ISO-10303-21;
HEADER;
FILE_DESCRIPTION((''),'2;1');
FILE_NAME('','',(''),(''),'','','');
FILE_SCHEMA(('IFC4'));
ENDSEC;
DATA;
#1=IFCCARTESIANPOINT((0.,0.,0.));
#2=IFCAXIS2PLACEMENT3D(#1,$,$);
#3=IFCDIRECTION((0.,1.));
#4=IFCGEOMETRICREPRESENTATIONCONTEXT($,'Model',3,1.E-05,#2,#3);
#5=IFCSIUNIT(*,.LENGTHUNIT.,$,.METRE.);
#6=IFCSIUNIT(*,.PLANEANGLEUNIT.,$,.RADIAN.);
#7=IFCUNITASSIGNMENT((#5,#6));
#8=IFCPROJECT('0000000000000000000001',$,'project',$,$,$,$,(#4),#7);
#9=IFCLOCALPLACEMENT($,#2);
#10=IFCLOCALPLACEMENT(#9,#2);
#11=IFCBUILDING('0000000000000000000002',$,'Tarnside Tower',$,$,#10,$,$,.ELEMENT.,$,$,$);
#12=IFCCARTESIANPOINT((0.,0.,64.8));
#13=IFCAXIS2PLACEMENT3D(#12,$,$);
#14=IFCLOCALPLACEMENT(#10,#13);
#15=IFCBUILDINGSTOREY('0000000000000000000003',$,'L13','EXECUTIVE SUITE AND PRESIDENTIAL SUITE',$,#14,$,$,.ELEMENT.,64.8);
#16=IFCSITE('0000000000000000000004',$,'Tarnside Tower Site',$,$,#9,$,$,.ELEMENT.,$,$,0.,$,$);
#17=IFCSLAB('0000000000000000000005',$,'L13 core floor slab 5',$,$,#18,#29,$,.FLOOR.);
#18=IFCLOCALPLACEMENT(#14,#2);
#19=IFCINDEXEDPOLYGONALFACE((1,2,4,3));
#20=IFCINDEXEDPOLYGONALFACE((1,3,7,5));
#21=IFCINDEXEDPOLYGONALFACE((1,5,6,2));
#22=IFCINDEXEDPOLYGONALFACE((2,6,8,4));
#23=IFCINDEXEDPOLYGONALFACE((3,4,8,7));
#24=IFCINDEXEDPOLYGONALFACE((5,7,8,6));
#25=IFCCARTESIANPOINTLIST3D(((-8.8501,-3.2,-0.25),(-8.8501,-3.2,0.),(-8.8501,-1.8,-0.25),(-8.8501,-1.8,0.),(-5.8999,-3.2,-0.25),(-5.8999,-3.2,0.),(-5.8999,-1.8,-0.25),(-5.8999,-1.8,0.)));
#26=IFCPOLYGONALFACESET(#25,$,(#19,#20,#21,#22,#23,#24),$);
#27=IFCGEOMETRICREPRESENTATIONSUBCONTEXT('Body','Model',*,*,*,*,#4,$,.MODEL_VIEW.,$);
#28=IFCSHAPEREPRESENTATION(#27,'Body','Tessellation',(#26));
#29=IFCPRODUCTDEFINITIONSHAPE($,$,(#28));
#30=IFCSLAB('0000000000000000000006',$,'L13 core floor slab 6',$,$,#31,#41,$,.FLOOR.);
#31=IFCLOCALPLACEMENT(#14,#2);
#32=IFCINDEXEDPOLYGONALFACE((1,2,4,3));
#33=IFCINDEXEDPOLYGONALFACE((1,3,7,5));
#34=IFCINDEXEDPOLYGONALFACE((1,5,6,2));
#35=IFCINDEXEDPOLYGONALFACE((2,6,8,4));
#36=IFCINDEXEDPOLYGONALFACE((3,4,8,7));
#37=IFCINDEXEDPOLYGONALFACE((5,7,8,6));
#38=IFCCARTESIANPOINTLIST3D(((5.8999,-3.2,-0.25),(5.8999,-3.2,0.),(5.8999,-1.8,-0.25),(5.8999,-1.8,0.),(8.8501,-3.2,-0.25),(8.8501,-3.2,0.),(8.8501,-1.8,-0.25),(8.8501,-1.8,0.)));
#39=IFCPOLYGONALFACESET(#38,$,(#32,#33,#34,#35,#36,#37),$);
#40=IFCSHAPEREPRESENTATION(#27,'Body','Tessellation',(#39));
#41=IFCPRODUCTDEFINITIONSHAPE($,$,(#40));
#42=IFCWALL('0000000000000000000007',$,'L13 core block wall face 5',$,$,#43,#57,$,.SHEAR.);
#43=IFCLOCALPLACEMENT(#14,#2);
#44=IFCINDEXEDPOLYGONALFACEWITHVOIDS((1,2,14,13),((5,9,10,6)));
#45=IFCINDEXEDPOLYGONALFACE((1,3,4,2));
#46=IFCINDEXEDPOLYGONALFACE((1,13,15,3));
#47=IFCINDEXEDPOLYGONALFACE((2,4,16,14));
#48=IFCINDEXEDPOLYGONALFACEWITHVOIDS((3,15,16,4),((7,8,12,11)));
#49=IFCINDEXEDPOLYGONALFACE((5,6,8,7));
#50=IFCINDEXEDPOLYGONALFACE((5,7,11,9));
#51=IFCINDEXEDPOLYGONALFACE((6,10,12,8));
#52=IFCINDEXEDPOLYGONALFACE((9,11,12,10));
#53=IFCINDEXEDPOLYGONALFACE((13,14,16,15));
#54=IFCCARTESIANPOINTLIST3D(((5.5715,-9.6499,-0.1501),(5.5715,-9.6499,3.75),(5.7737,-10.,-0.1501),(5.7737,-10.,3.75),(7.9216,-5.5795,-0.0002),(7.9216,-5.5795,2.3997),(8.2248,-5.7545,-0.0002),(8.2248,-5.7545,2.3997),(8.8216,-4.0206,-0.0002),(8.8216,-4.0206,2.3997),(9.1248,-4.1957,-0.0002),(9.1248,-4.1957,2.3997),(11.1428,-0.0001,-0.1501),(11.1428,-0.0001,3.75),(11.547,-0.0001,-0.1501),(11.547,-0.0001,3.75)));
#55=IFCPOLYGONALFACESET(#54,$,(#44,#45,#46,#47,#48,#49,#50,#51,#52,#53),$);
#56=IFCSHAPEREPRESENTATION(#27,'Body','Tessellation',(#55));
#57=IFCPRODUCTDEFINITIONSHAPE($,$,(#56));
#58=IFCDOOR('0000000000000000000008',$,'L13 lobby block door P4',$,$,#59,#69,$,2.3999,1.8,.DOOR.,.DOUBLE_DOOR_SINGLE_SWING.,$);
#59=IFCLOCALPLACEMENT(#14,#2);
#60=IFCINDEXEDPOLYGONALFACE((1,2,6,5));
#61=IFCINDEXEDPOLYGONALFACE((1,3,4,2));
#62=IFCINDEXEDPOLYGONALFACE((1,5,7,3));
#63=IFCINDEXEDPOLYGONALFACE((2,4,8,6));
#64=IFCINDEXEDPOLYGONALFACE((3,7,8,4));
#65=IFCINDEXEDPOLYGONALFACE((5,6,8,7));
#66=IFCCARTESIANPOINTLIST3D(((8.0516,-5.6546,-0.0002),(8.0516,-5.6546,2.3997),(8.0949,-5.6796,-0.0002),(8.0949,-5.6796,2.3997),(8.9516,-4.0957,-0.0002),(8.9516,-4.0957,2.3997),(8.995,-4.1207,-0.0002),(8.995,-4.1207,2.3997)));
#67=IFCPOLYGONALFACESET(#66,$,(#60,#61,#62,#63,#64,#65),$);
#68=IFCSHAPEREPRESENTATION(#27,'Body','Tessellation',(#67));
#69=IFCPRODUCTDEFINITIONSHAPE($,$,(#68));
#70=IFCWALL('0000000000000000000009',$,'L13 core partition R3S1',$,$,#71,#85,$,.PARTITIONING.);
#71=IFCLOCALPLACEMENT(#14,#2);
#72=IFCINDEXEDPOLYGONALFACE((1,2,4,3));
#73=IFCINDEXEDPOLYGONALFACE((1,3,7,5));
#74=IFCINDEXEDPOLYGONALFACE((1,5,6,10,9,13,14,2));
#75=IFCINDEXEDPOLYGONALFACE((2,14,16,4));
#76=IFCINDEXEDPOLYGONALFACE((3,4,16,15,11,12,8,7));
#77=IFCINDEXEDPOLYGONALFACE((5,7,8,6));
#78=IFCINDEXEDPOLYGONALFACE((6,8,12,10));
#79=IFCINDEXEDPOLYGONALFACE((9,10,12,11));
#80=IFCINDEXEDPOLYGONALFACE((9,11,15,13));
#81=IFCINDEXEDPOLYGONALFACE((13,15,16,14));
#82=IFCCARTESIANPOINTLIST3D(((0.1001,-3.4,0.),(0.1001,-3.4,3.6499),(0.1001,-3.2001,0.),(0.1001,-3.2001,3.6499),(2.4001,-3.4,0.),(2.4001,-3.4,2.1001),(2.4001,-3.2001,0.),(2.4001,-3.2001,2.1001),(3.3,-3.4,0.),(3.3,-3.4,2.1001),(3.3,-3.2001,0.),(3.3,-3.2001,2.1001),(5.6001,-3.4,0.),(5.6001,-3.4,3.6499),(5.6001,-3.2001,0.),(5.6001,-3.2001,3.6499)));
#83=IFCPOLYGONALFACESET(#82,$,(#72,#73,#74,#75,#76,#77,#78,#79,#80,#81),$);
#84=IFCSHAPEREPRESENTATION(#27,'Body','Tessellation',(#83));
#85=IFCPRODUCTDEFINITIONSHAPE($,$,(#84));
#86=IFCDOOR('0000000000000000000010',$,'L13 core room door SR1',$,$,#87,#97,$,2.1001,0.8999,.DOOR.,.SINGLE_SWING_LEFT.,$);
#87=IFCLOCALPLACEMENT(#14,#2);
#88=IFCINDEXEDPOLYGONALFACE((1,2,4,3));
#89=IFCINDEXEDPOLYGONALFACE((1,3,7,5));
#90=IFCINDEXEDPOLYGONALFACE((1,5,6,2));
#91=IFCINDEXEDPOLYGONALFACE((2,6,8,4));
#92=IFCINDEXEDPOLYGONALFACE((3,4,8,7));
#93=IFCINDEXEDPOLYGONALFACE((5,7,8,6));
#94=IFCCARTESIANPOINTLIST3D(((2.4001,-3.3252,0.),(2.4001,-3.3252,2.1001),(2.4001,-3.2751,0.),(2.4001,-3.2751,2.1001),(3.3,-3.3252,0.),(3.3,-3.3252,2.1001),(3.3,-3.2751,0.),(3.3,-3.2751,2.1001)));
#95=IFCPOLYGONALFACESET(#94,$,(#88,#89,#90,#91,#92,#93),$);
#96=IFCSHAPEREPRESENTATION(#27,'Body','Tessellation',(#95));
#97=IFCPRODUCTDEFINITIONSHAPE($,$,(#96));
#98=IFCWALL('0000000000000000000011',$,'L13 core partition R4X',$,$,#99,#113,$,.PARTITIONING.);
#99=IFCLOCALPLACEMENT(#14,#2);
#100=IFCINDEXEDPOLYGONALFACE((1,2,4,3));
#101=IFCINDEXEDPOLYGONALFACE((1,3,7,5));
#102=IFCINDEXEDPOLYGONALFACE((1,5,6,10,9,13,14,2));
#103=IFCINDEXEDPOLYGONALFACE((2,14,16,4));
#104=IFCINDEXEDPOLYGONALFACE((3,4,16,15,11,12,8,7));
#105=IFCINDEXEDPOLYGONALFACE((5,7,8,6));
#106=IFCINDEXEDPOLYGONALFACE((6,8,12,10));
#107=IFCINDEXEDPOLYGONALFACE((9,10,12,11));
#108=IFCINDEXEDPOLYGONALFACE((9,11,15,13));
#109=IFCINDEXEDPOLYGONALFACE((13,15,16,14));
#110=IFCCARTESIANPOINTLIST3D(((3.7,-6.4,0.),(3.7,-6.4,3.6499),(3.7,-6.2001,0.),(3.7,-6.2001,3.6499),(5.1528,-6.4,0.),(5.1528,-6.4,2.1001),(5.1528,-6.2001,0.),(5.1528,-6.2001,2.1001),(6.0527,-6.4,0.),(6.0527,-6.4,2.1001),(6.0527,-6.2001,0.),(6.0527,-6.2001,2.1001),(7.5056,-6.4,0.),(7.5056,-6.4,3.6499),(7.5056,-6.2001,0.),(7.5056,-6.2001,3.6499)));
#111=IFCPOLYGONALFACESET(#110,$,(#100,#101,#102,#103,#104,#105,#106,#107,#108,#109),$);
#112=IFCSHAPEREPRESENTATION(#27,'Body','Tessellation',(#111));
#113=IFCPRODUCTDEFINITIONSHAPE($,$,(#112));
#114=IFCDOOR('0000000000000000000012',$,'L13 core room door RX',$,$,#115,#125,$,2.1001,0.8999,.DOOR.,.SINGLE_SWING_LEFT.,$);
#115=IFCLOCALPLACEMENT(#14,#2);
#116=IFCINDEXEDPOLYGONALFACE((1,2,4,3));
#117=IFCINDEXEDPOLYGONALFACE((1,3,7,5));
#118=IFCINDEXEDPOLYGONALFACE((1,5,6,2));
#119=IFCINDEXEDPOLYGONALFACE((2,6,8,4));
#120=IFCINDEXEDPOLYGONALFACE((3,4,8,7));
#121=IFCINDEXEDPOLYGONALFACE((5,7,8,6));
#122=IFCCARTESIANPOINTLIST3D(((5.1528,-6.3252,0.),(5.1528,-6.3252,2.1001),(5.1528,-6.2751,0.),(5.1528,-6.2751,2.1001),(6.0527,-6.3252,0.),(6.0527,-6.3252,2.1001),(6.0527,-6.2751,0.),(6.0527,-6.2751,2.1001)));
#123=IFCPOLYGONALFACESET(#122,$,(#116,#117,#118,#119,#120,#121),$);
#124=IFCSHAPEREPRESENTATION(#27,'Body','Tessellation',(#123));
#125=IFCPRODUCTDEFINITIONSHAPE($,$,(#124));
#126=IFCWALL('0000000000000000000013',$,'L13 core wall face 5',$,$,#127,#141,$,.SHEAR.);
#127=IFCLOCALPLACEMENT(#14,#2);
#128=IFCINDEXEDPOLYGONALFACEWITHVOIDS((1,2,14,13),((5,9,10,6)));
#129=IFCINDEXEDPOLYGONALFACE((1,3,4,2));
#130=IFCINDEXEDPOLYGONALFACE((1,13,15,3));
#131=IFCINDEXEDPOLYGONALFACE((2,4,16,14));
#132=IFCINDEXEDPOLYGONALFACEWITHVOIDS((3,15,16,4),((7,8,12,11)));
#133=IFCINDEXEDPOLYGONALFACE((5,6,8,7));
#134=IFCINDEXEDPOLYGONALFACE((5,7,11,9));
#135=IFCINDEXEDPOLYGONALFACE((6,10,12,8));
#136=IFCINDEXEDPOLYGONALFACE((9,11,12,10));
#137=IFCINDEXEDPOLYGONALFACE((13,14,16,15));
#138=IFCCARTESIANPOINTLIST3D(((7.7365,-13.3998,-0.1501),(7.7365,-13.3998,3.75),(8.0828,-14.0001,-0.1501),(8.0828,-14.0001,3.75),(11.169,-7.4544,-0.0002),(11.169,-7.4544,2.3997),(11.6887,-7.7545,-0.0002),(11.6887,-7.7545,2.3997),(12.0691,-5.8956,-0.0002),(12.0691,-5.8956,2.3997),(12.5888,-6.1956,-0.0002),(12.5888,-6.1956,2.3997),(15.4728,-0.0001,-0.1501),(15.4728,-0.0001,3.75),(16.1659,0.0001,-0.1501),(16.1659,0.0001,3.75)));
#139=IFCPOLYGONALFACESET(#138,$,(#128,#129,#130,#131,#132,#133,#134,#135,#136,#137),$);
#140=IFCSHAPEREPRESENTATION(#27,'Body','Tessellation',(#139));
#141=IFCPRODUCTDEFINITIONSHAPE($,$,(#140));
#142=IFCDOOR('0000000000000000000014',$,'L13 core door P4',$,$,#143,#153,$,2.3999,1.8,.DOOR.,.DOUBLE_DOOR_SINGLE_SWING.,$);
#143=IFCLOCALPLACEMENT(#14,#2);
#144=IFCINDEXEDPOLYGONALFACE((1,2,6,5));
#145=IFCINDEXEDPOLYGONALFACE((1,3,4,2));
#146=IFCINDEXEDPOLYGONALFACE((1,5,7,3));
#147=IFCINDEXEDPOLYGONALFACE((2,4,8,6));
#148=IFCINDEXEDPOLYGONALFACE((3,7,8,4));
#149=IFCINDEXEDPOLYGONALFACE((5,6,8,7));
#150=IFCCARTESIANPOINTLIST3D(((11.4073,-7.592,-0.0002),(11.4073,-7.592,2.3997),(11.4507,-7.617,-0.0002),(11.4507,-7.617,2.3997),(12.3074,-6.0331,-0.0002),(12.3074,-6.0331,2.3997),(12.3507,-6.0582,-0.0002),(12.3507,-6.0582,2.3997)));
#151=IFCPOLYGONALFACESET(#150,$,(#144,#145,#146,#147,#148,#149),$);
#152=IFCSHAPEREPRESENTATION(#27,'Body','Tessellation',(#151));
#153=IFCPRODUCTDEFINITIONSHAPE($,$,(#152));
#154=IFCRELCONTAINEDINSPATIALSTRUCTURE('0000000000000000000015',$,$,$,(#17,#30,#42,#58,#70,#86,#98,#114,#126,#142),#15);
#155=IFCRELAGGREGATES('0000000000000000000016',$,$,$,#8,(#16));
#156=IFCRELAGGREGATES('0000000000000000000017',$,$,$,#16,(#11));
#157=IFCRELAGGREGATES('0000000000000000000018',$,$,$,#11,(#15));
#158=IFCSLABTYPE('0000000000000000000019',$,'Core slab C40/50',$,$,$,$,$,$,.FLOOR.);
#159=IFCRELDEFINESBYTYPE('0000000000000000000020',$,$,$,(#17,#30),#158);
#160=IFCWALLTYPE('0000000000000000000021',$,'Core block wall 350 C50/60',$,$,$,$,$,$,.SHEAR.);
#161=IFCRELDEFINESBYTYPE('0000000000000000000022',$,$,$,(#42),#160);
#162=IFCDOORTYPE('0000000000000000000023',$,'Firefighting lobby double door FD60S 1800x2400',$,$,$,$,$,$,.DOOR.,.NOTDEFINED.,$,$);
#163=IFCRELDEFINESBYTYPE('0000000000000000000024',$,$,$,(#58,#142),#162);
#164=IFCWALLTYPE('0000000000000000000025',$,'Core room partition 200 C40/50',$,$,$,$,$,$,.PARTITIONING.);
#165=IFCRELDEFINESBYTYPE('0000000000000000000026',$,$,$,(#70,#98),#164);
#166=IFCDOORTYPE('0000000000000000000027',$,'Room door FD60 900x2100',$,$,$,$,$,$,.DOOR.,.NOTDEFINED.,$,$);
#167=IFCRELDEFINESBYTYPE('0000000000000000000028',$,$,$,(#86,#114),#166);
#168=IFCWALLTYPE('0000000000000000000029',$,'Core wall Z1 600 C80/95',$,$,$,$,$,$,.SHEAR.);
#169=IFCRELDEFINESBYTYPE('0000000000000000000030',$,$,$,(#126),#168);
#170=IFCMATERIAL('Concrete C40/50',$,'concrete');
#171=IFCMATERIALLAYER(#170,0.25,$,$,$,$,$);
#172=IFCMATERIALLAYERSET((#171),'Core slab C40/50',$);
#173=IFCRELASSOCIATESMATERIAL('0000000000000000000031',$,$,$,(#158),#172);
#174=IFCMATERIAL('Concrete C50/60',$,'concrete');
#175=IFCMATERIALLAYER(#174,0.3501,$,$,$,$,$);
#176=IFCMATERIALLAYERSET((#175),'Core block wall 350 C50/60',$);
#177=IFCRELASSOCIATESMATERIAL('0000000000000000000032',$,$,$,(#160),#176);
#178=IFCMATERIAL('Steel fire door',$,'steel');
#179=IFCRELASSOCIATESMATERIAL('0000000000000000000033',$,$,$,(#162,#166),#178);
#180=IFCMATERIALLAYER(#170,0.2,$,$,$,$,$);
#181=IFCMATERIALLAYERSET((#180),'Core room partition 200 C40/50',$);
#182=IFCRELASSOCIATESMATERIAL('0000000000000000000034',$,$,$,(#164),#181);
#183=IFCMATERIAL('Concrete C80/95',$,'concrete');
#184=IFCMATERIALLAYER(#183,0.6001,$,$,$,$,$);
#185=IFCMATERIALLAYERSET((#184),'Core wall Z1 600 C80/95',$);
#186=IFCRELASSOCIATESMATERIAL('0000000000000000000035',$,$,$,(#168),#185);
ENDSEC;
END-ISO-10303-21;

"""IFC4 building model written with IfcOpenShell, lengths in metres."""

from ifc_helpers import new_model, si_unit, direction, frame, frame_2d, origin, place, context, subcontext, project, spatial, polyline, rectangle, outline, extrude, material, layer, layer_set, type_object, element, fill, save


model = new_model("IFC4")

# Units and contexts
model_context = context("Model", 3, precision=1e-05, world=origin(), true_north=direction((0.0, 1.0)))
body_context = subcontext(model_context, "Body", "Model", "MODEL_VIEW")
ifc_project = project(units=[si_unit("LENGTHUNIT", "METRE"), si_unit("PLANEANGLEUNIT", "RADIAN")], contexts=[model_context])

# Site, building, storey
site_placement = place(None, origin())
site = spatial("IfcSite", under=ifc_project, at=site_placement, Name="Tarnside Tower Site", CompositionType="ELEMENT", RefElevation=0.0)
building_placement = place(site_placement, origin())
building = spatial("IfcBuilding", under=site, at=building_placement, Name="Tarnside Tower", CompositionType="ELEMENT")
storey_placement = place(building_placement, frame((0.0, 0.0, 64.8)))
storey = spatial("IfcBuildingStorey", under=building, at=storey_placement, Name="L13", Description="EXECUTIVE SUITE AND PRESIDENTIAL SUITE", CompositionType="ELEMENT", Elevation=64.8)

# Slabs
ifc_material_1 = material(Name="Concrete C40/50", Category="concrete")
ifc_layer_1 = layer(ifc_material_1, 0.25)
ifc_layer_set_1 = layer_set([ifc_layer_1], Name="Core slab C40/50")
slab_type = type_object("IfcSlabType", Name="Core slab C40/50", PredefinedType="FLOOR", material=ifc_layer_set_1)
slab_1_placement = place(storey_placement, frame((0.0, 0.0, -0.25)))
element("IfcSlab", 1, at=slab_1_placement, inside=storey, type_object=slab_type, Name="L13 core floor slab 5", PredefinedType="FLOOR", context=body_context, shape_type="SweptSolid", body=[
    extrude(outline(polyline([(-8.8501, -1.8), (-5.8999, -1.8), (-5.8999, -3.2), (-8.8501, -3.2), (-8.8501, -1.8)])), origin(), (0.0, 0.0, 1.0), 0.25),
])
slab_2_placement = place(storey_placement, frame((0.0, 0.0, -0.25)))
element("IfcSlab", 2, at=slab_2_placement, inside=storey, type_object=slab_type, Name="L13 core floor slab 6", PredefinedType="FLOOR", context=body_context, shape_type="SweptSolid", body=[
    extrude(outline(polyline([(5.8999, -3.2), (5.8999, -1.8), (8.8501, -1.8), (8.8501, -3.2), (5.8999, -3.2)])), origin(), (0.0, 0.0, 1.0), 0.25),
])

# Walls, openings, doors
ifc_material_2 = material(Name="Concrete C50/60", Category="concrete")
ifc_layer_2 = layer(ifc_material_2, 0.3501)
ifc_layer_set_2 = layer_set([ifc_layer_2], Name="Core block wall 350 C50/60")
wall_type_1 = type_object("IfcWallType", Name="Core block wall 350 C50/60", PredefinedType="SHEAR", material=ifc_layer_set_2)
wall_1_placement = place(storey_placement, frame((5.6726, -9.825, -0.1501), z_axis=(0.0, 0.0, 1.0), x_axis=(0.499995, 0.866028, 0.0)))
wall_1 = element("IfcWall", 3, at=wall_1_placement, inside=storey, type_object=wall_type_1, Name="L13 core block wall face 5", PredefinedType="SHEAR", context=body_context, shape_type="SweptSolid", body=[
    extrude(outline(polyline([(-0.1011, -0.175), (11.4458, -0.175), (11.2437, 0.175), (0.1011, 0.175), (-0.1011, -0.175)])), origin(), (0.0, 0.0, 1.0), 3.9001),
])
opening_1_placement = place(wall_1_placement, frame((4.8013, 0.0, 0.1499)))
opening_1 = element("IfcOpeningElement", 4, at=opening_1_placement, cuts=wall_1, PredefinedType="OPENING", context=body_context, shape_type="SweptSolid", body=[
    extrude(rectangle(XDim=1.8, YDim=2.3999, at=frame_2d((0.8999, 1.2))), frame((0.0, 0.1851, 0.0), z_axis=(0.0, -1.0, 0.0), x_axis=(1.0, 0.0, 0.0)), (0.0, 0.0, 1.0), 0.3701),
])
ifc_material_3 = material(Name="Steel fire door", Category="steel")
door_type_1 = type_object("IfcDoorType", Name="Firefighting lobby double door FD60S 1800x2400", OperationType="NOTDEFINED", PredefinedType="DOOR", material=ifc_material_3)
door_1_placement = place(opening_1_placement, origin())
door_1 = element("IfcDoor", 5, at=door_1_placement, inside=storey, type_object=door_type_1, Name="L13 lobby block door P4", OperationType="DOUBLE_DOOR_SINGLE_SWING", OverallHeight=2.3999, OverallWidth=1.8, PredefinedType="DOOR", context=body_context, shape_type="SweptSolid", body=[
    extrude(rectangle(XDim=1.8, YDim=2.3999, at=frame_2d((0.8999, 1.2))), frame((0.0, 0.0249, 0.0), z_axis=(0.0, -1.0, 0.0), x_axis=(1.0, 0.0, 0.0)), (0.0, 0.0, 1.0), 0.05),
])
fill(opening_1, door_1)
ifc_layer_3 = layer(ifc_material_1, 0.2)
ifc_layer_set_3 = layer_set([ifc_layer_3], Name="Core room partition 200 C40/50")
wall_type_2 = type_object("IfcWallType", Name="Core room partition 200 C40/50", PredefinedType="PARTITIONING", material=ifc_layer_set_3)
wall_2_placement = place(storey_placement, frame((0.1001, -3.3, 0.0), z_axis=(0.0, 0.0, 1.0), x_axis=(1.0, 0.0, 0.0)))
wall_2 = element("IfcWall", 6, at=wall_2_placement, inside=storey, type_object=wall_type_2, Name="L13 core partition R3S1", PredefinedType="PARTITIONING", context=body_context, shape_type="SweptSolid", body=[
    extrude(rectangle(XDim=5.5, YDim=0.2, at=frame_2d((2.75, 0.0))), origin(), (0.0, 0.0, 1.0), 3.6499),
])
opening_2_placement = place(wall_2_placement, frame((2.3, 0.0, 0.0)))
opening_2 = element("IfcOpeningElement", 7, at=opening_2_placement, cuts=wall_2, PredefinedType="OPENING", context=body_context, shape_type="SweptSolid", body=[
    extrude(rectangle(XDim=0.8999, YDim=2.1001, at=frame_2d((0.45, 1.05))), frame((0.0, 0.1099, 0.0), z_axis=(0.0, -1.0, 0.0), x_axis=(1.0, 0.0, 0.0)), (0.0, 0.0, 1.0), 0.22),
])
door_type_2 = type_object("IfcDoorType", Name="Room door FD60 900x2100", OperationType="NOTDEFINED", PredefinedType="DOOR", material=ifc_material_3)
door_2_placement = place(opening_2_placement, origin())
door_2 = element("IfcDoor", 8, at=door_2_placement, inside=storey, type_object=door_type_2, Name="L13 core room door SR1", OperationType="SINGLE_SWING_LEFT", OverallHeight=2.1001, OverallWidth=0.8999, PredefinedType="DOOR", context=body_context, shape_type="SweptSolid", body=[
    extrude(rectangle(XDim=0.8999, YDim=2.1001, at=frame_2d((0.45, 1.05))), frame((0.0, 0.0249, 0.0), z_axis=(0.0, -1.0, 0.0), x_axis=(1.0, 0.0, 0.0)), (0.0, 0.0, 1.0), 0.05),
])
fill(opening_2, door_2)
wall_3_placement = place(storey_placement, frame((3.7, -6.3, 0.0), z_axis=(0.0, 0.0, 1.0), x_axis=(1.0, 0.0, 0.0)))
wall_3 = element("IfcWall", 9, at=wall_3_placement, inside=storey, type_object=wall_type_2, Name="L13 core partition R4X", PredefinedType="PARTITIONING", context=body_context, shape_type="SweptSolid", body=[
    extrude(rectangle(XDim=3.8057, YDim=0.2, at=frame_2d((1.9028, 0.0))), origin(), (0.0, 0.0, 1.0), 3.6499),
])
opening_3_placement = place(wall_3_placement, frame((1.4529, 0.0, 0.0)))
opening_3 = element("IfcOpeningElement", 10, at=opening_3_placement, cuts=wall_3, PredefinedType="OPENING", context=body_context, shape_type="SweptSolid", body=[
    extrude(rectangle(XDim=0.8999, YDim=2.1001, at=frame_2d((0.45, 1.05))), frame((0.0, 0.1099, 0.0), z_axis=(0.0, -1.0, 0.0), x_axis=(1.0, 0.0, 0.0)), (0.0, 0.0, 1.0), 0.22),
])
door_3_placement = place(opening_3_placement, origin())
door_3 = element("IfcDoor", 11, at=door_3_placement, inside=storey, type_object=door_type_2, Name="L13 core room door RX", OperationType="SINGLE_SWING_LEFT", OverallHeight=2.1001, OverallWidth=0.8999, PredefinedType="DOOR", context=body_context, shape_type="SweptSolid", body=[
    extrude(rectangle(XDim=0.8999, YDim=2.1001, at=frame_2d((0.45, 1.05))), frame((0.0, 0.0249, 0.0), z_axis=(0.0, -1.0, 0.0), x_axis=(1.0, 0.0, 0.0)), (0.0, 0.0, 1.0), 0.05),
])
fill(opening_3, door_3)
ifc_material_4 = material(Name="Concrete C80/95", Category="concrete")
ifc_layer_4 = layer(ifc_material_4, 0.6001)
ifc_layer_set_4 = layer_set([ifc_layer_4], Name="Core wall Z1 600 C80/95")
wall_type_3 = type_object("IfcWallType", Name="Core wall Z1 600 C80/95", PredefinedType="SHEAR", material=ifc_layer_set_4)
wall_4_placement = place(storey_placement, frame((7.9097, -13.7, -0.1501), z_axis=(0.0, 0.0, 1.0), x_axis=(0.5, 0.866025, 0.0)))
wall_4 = element("IfcWall", 12, at=wall_4_placement, inside=storey, type_object=wall_type_3, Name="L13 core wall face 5", PredefinedType="SHEAR", context=body_context, shape_type="SweptSolid", body=[
    extrude(outline(polyline([(-0.1733, -0.3), (15.9927, -0.3), (15.646, 0.3), (0.1733, 0.3), (-0.1733, -0.3)])), origin(), (0.0, 0.0, 1.0), 3.9001),
])
opening_4_placement = place(wall_4_placement, frame((7.0386, 0.0, 0.1499)))
opening_4 = element("IfcOpeningElement", 13, at=opening_4_placement, cuts=wall_4, PredefinedType="OPENING", context=body_context, shape_type="SweptSolid", body=[
    extrude(rectangle(XDim=1.8, YDim=2.3999, at=frame_2d((0.8999, 1.2))), frame((0.0, 0.3101, 0.0), z_axis=(0.0, -1.0, 0.0), x_axis=(1.0, 0.0, 0.0)), (0.0, 0.0, 1.0), 0.6201),
])
door_4_placement = place(opening_4_placement, origin())
door_4 = element("IfcDoor", 14, at=door_4_placement, inside=storey, type_object=door_type_1, Name="L13 core door P4", OperationType="DOUBLE_DOOR_SINGLE_SWING", OverallHeight=2.3999, OverallWidth=1.8, PredefinedType="DOOR", context=body_context, shape_type="SweptSolid", body=[
    extrude(rectangle(XDim=1.8, YDim=2.3999, at=frame_2d((0.8999, 1.2))), frame((0.0, 0.0249, 0.0), z_axis=(0.0, -1.0, 0.0), x_axis=(1.0, 0.0, 0.0)), (0.0, 0.0, 1.0), 0.05),
])
fill(opening_4, door_4)

save(model, "model.ifc")
